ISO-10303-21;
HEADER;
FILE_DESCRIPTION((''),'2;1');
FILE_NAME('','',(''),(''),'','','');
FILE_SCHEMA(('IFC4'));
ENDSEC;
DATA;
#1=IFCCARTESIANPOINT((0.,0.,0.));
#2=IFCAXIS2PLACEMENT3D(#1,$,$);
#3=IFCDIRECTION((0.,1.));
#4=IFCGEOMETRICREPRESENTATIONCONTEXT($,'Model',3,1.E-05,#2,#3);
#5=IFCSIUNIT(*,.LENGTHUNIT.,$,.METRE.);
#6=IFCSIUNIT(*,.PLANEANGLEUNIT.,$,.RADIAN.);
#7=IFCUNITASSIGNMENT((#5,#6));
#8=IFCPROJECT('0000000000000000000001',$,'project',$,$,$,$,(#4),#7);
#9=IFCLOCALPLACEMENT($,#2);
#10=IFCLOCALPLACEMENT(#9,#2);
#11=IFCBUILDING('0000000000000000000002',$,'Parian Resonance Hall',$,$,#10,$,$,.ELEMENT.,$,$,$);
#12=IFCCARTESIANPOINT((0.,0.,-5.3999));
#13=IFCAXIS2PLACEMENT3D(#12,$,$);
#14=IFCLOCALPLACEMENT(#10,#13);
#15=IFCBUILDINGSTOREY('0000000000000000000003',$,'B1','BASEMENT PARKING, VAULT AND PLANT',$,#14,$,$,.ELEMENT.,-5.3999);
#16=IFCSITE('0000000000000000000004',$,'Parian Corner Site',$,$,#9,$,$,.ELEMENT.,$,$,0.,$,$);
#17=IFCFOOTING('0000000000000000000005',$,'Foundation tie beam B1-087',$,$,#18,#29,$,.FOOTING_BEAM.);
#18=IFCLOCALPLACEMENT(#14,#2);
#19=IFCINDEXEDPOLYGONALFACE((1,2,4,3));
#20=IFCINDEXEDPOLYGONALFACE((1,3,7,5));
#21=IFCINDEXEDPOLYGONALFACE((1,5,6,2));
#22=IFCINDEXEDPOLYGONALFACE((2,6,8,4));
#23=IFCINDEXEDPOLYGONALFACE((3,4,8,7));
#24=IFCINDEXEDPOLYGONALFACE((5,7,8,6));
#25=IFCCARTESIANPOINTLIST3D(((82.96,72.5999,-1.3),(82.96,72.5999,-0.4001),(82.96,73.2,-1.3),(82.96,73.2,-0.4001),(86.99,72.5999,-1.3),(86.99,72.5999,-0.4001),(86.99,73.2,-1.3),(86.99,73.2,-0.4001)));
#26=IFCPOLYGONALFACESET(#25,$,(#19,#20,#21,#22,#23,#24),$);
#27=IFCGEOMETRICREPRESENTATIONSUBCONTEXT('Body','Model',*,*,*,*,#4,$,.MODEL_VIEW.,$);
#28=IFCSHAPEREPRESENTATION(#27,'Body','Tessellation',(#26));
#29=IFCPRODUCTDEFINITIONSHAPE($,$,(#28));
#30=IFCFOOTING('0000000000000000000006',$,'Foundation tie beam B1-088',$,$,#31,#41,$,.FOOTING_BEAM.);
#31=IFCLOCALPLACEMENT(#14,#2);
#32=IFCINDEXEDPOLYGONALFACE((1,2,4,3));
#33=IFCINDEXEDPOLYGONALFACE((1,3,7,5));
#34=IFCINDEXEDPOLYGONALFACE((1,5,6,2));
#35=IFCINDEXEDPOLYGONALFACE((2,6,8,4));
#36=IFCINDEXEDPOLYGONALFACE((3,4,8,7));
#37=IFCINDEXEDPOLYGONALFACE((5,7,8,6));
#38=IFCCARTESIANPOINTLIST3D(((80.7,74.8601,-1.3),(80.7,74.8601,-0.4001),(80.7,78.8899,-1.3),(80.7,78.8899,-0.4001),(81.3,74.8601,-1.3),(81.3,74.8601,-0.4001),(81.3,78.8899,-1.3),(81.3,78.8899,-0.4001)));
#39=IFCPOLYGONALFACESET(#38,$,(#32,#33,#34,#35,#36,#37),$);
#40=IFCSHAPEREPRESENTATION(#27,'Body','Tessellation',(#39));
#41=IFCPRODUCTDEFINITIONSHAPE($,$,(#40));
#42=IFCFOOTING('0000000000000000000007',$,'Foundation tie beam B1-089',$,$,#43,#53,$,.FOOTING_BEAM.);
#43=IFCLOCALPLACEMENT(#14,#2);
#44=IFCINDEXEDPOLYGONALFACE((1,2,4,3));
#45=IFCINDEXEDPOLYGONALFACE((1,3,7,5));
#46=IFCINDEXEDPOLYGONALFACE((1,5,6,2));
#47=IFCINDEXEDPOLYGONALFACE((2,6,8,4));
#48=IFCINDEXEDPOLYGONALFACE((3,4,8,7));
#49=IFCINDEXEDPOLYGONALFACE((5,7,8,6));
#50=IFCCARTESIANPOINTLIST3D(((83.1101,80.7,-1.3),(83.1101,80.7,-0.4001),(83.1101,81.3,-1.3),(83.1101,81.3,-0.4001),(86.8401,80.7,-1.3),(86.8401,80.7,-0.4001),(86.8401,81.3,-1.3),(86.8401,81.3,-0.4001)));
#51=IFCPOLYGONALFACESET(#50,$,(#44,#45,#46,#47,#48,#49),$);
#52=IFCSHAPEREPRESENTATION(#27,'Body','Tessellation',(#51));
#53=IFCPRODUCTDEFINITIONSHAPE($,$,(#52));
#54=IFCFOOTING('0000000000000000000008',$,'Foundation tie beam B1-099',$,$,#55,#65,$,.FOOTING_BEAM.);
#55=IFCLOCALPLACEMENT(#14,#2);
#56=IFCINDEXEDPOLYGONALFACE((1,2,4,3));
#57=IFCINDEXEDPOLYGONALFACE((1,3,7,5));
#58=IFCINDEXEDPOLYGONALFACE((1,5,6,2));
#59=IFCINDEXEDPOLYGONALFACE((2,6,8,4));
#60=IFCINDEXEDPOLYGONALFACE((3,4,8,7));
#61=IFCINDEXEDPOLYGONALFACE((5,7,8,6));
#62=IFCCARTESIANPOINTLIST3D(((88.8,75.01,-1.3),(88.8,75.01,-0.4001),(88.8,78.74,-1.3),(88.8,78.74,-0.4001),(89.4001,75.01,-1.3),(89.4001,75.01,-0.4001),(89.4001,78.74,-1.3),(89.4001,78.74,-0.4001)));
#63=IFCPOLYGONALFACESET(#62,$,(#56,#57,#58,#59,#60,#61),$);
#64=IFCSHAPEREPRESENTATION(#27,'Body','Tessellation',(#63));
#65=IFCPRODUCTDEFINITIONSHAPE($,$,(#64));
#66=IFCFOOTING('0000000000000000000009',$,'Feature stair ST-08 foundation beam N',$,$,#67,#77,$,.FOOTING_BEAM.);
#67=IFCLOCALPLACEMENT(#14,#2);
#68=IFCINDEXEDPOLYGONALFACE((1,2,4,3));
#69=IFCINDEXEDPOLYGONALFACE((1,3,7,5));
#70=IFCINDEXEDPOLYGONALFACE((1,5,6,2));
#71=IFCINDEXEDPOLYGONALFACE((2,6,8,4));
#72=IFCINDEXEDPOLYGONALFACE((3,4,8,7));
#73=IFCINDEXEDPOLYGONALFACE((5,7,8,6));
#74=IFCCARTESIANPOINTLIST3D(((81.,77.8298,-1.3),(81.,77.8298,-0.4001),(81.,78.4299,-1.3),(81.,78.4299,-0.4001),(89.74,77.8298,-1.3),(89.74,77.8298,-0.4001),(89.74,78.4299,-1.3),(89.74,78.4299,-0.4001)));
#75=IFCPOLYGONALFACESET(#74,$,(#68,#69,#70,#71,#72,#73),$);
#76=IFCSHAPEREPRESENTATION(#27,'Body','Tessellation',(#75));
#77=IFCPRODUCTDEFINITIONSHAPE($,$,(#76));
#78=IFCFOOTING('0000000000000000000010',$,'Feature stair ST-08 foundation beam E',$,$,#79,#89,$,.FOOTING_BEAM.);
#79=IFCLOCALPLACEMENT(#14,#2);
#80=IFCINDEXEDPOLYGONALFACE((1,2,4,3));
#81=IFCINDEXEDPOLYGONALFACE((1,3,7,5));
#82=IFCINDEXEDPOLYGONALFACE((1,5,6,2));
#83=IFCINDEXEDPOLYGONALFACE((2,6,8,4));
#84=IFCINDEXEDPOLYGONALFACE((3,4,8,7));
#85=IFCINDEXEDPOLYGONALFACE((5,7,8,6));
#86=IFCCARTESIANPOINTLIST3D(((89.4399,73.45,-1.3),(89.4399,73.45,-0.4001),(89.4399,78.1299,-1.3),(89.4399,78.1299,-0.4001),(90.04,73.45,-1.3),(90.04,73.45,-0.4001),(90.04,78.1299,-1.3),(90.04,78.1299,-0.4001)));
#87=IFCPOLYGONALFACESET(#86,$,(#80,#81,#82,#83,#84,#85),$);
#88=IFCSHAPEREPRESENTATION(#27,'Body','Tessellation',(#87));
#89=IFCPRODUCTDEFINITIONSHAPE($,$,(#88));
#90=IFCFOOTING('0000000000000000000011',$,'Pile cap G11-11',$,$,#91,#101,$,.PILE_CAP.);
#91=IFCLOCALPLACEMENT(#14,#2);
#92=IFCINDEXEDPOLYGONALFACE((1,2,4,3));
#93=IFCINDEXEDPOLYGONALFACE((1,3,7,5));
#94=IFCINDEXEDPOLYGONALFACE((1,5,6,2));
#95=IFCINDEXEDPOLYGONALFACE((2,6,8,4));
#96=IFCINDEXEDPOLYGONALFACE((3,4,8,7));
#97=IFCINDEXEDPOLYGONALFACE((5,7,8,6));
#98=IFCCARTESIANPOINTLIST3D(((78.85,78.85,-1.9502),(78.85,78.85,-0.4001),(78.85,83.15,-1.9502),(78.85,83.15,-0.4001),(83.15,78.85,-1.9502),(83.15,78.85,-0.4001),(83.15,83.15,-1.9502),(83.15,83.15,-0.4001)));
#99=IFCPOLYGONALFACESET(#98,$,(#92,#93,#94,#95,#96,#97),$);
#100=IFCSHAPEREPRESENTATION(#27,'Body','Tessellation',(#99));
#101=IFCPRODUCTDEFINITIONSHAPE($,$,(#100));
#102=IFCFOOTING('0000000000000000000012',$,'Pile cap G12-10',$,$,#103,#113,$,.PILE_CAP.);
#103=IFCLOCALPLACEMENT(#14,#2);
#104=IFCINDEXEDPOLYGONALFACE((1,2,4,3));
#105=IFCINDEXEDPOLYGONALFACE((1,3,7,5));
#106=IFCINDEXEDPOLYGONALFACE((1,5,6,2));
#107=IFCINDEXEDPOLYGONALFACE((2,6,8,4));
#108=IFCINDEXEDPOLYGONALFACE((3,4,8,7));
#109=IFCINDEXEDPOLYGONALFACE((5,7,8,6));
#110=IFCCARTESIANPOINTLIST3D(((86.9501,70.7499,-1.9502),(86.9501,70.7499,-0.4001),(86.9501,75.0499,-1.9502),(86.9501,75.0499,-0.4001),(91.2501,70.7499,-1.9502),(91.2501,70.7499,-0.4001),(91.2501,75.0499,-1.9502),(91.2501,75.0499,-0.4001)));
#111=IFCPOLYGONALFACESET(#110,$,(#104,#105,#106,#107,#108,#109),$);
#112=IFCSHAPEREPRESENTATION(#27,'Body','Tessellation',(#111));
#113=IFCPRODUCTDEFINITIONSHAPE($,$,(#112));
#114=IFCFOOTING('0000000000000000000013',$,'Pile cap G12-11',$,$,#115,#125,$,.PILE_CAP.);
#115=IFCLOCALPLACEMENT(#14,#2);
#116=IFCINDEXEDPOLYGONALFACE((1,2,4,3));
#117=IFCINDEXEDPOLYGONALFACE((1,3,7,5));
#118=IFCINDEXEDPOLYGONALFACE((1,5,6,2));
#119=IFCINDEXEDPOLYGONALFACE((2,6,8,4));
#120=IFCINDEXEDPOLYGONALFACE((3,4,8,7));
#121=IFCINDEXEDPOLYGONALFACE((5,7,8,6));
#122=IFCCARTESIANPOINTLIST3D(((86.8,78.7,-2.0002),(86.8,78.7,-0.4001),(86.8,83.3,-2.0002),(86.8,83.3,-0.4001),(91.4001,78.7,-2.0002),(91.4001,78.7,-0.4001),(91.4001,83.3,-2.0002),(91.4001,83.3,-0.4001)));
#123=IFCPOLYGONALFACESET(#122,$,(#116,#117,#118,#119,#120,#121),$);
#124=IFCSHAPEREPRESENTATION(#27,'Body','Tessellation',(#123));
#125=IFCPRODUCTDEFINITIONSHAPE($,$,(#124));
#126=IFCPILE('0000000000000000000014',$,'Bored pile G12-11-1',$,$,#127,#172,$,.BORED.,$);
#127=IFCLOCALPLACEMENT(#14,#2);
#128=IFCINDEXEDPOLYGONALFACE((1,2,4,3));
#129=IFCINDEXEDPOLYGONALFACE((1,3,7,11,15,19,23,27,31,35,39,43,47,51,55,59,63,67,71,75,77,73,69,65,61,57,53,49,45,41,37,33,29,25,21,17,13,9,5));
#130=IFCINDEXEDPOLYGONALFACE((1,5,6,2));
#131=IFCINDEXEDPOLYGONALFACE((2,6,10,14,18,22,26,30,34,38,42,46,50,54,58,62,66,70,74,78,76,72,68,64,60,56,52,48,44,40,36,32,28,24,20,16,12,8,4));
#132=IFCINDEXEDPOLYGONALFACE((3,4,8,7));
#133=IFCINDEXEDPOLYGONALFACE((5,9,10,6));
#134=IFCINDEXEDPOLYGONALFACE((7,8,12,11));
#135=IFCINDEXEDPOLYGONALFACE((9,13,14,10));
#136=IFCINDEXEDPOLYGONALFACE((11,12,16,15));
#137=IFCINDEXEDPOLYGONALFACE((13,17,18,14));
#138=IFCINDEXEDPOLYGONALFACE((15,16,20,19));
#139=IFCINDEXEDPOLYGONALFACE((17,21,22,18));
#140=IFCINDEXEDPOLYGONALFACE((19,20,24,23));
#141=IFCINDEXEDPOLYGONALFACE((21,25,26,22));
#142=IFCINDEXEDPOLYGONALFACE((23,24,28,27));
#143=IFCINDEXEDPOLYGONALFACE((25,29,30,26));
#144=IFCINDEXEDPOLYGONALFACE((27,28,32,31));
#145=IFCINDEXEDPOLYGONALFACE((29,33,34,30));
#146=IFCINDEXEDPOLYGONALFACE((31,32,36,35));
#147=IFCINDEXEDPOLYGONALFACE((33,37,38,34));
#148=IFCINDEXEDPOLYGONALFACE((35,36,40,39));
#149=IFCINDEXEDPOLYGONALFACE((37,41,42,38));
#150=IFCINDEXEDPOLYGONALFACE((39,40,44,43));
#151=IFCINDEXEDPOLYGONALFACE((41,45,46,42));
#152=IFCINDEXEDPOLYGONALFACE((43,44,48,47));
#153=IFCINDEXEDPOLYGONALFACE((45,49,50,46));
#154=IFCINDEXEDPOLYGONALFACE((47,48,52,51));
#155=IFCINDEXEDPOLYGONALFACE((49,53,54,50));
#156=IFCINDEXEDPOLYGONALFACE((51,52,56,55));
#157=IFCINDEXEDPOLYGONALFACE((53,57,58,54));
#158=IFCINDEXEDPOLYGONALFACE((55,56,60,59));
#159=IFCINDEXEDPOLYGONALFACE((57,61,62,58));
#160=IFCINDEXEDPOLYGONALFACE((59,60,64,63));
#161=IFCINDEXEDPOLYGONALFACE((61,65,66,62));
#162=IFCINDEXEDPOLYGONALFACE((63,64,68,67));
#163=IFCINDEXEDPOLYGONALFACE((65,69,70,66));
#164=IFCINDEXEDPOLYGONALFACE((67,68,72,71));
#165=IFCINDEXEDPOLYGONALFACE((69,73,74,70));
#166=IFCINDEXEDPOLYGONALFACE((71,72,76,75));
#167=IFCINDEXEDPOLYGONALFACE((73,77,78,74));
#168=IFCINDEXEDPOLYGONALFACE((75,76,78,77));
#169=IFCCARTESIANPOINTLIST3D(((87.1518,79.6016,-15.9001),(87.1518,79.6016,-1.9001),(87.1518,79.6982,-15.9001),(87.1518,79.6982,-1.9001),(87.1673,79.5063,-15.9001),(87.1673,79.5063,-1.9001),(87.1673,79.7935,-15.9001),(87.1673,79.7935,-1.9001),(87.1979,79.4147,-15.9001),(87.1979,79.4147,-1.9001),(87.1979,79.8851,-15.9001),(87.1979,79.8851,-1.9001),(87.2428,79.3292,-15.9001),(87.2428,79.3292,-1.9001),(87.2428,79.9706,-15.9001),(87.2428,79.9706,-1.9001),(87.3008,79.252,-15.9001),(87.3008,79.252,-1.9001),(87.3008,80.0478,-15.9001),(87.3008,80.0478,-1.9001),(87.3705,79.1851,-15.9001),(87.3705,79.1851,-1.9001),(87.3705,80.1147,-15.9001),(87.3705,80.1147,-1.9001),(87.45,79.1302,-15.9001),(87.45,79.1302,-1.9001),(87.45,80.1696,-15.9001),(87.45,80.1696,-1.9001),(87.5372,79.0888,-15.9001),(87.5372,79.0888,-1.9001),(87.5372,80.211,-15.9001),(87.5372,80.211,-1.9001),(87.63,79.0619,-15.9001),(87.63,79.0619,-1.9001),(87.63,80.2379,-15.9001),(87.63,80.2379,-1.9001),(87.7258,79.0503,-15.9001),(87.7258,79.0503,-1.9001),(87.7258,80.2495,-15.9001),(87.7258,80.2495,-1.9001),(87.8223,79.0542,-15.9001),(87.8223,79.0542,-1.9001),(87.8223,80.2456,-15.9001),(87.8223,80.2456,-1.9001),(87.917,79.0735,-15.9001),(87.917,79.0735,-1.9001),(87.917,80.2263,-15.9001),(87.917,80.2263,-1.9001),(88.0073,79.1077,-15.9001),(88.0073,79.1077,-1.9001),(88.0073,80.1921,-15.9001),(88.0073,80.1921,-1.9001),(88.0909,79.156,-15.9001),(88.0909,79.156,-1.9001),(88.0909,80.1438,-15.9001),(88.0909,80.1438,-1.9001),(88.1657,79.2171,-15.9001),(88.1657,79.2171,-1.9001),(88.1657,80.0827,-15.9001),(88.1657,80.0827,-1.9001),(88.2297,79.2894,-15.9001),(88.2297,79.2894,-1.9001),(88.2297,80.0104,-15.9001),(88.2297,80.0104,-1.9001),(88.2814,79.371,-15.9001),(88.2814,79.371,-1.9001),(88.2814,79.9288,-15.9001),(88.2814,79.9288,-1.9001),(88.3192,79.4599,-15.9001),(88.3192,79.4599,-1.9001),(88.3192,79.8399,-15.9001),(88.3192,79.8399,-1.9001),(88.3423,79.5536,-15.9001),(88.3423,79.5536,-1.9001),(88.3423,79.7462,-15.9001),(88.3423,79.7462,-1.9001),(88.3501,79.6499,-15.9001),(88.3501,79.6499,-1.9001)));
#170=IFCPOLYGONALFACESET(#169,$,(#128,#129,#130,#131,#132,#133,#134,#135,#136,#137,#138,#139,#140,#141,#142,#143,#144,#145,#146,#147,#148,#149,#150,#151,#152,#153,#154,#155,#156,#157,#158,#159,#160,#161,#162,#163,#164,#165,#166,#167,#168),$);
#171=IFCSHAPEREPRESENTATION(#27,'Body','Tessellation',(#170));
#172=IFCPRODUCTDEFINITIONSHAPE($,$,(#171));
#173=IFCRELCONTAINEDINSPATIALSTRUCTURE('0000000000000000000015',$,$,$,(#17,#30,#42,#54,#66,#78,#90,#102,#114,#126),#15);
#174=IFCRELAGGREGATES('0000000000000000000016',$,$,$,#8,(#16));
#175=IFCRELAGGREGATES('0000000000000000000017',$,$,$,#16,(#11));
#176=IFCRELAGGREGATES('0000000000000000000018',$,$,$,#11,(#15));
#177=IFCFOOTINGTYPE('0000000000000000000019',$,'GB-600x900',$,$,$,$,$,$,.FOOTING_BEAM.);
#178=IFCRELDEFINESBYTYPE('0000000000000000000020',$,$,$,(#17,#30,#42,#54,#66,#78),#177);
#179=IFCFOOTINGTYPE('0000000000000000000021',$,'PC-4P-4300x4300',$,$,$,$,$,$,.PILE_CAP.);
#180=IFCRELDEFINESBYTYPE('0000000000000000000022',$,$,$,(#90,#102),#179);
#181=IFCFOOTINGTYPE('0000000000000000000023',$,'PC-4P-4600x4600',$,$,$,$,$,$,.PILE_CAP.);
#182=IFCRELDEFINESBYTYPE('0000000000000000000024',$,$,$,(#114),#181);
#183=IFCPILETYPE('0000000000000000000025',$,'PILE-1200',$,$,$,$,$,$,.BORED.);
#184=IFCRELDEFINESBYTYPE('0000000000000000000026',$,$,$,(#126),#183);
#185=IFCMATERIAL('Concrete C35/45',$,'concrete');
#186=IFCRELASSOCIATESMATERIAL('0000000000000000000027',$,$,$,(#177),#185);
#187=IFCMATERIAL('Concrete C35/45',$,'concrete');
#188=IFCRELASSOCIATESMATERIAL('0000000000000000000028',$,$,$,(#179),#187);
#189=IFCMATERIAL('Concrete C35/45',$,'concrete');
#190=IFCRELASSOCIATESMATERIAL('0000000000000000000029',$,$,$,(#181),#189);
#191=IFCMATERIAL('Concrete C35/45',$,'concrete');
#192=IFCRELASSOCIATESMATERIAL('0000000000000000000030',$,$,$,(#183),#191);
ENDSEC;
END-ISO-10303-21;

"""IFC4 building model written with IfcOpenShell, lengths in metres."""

from ifc_helpers import new_model, si_unit, direction, frame, origin, origin_2d, place, context, subcontext, project, spatial, rectangle, circle, extrude, material, material_profile, profile_set, type_object, element, save


model = new_model("IFC4")

# Units and contexts
model_context = context("Model", 3, precision=1e-05, world=origin(), true_north=direction((0.0, 1.0)))
body_context = subcontext(model_context, "Body", "Model", "MODEL_VIEW")
ifc_project = project(units=[si_unit("LENGTHUNIT", "METRE"), si_unit("PLANEANGLEUNIT", "RADIAN")], contexts=[model_context])

# Site, building, storey
site_placement = place(None, origin())
site = spatial("IfcSite", under=ifc_project, at=site_placement, Name="Parian Corner Site", CompositionType="ELEMENT", RefElevation=0.0)
building_placement = place(site_placement, origin())
building = spatial("IfcBuilding", under=site, at=building_placement, Name="Parian Resonance Hall", CompositionType="ELEMENT")
storey_placement = place(building_placement, frame((0.0, 0.0, -5.3999)))
storey = spatial("IfcBuildingStorey", under=building, at=storey_placement, Name="B1", Description="BASEMENT PARKING, VAULT AND PLANT", CompositionType="ELEMENT", Elevation=-5.3999)

# Footings
ifc_material_1 = material(Name="Concrete C35/45", Category="concrete")
ifc_material_profile_1 = material_profile(ifc_material_1, rectangle(XDim=0.6001, YDim=0.8999, at=origin_2d()), Name="RC-GB-600x900")
ifc_profile_set_1 = profile_set([ifc_material_profile_1], Name="Concrete C35/45")
footing_type_1 = type_object("IfcFootingType", Name="GB-600x900", PredefinedType="FOOTING_BEAM", material=ifc_profile_set_1)
footing_1_placement = place(storey_placement, frame((82.96, 72.8999, -0.8501), z_axis=(1.0, 0.0, 0.0), x_axis=(0.0, 1.0, 0.0)))
element("IfcFooting", 1, at=footing_1_placement, inside=storey, type_object=footing_type_1, Name="Foundation tie beam B1-087", PredefinedType="FOOTING_BEAM", context=body_context, shape_type="SweptSolid", body=[
    extrude(rectangle(XDim=0.6001, YDim=0.8999, at=origin_2d()), origin(), (0.0, 0.0, 1.0), 4.03),
])
footing_2_placement = place(storey_placement, frame((81.0, 74.8601, -0.8501), z_axis=(0.0, 1.0, 0.0), x_axis=(-1.0, 0.0, 0.0)))
element("IfcFooting", 2, at=footing_2_placement, inside=storey, type_object=footing_type_1, Name="Foundation tie beam B1-088", PredefinedType="FOOTING_BEAM", context=body_context, shape_type="SweptSolid", body=[
    extrude(rectangle(XDim=0.6001, YDim=0.8999, at=origin_2d()), origin(), (0.0, 0.0, 1.0), 4.0298),
])
for number, where, z_axis, x_axis, name in (
    (3, (83.1101, 81.0, -0.8501), (1.0, 0.0, 0.0), (0.0, 1.0, 0.0), "Foundation tie beam B1-089"),
    (4, (89.1001, 75.01, -0.8501), (0.0, 1.0, 0.0), (-1.0, 0.0, 0.0), "Foundation tie beam B1-099"),
):
    element("IfcFooting", number, at=place(storey_placement, frame(where, z_axis=z_axis, x_axis=x_axis)), inside=storey, type_object=footing_type_1, Name=name, PredefinedType="FOOTING_BEAM", context=body_context, shape_type="SweptSolid", body=[
        extrude(rectangle(XDim=0.6001, YDim=0.8999, at=origin_2d()), origin(), (0.0, 0.0, 1.0), 3.73),
    ])
footing_3_placement = place(storey_placement, frame((81.0, 78.1299, -0.8501), z_axis=(1.0, 0.0, 0.0), x_axis=(0.0, 1.0, 0.0)))
element("IfcFooting", 5, at=footing_3_placement, inside=storey, type_object=footing_type_1, Name="Feature stair ST-08 foundation beam N", PredefinedType="FOOTING_BEAM", context=body_context, shape_type="SweptSolid", body=[
    extrude(rectangle(XDim=0.6001, YDim=0.8999, at=origin_2d()), origin(), (0.0, 0.0, 1.0), 8.74),
])
footing_4_placement = place(storey_placement, frame((89.74, 73.45, -0.8501), z_axis=(0.0, 1.0, 0.0), x_axis=(-1.0, 0.0, 0.0)))
element("IfcFooting", 6, at=footing_4_placement, inside=storey, type_object=footing_type_1, Name="Feature stair ST-08 foundation beam E", PredefinedType="FOOTING_BEAM", context=body_context, shape_type="SweptSolid", body=[
    extrude(rectangle(XDim=0.6001, YDim=0.8999, at=origin_2d()), origin(), (0.0, 0.0, 1.0), 4.6799),
])
ifc_material_2 = material(Name="Concrete C35/45", Category="concrete")
footing_type_2 = type_object("IfcFootingType", Name="PC-4P-4300x4300", PredefinedType="PILE_CAP", material=ifc_material_2)
for number, where, z_axis, x_axis, name in (
    (7, (81.0, 81.0, -1.9502), (0.0, 0.0, 1.0), (1.0, 0.0, 0.0), "Pile cap G11-11"),
    (8, (89.1001, 72.8999, -1.9502), (0.0, 0.0, 1.0), (1.0, 0.0, 0.0), "Pile cap G12-10"),
):
    element("IfcFooting", number, at=place(storey_placement, frame(where, z_axis=z_axis, x_axis=x_axis)), inside=storey, type_object=footing_type_2, Name=name, PredefinedType="PILE_CAP", context=body_context, shape_type="SweptSolid", body=[
        extrude(rectangle(XDim=4.3, YDim=4.3, at=origin_2d()), origin(), (0.0, 0.0, 1.0), 1.55),
    ])
ifc_material_3 = material(Name="Concrete C35/45", Category="concrete")
footing_type_3 = type_object("IfcFootingType", Name="PC-4P-4600x4600", PredefinedType="PILE_CAP", material=ifc_material_3)
footing_5_placement = place(storey_placement, frame((89.1001, 81.0, -2.0002), z_axis=(0.0, 0.0, 1.0), x_axis=(1.0, 0.0, 0.0)))
element("IfcFooting", 9, at=footing_5_placement, inside=storey, type_object=footing_type_3, Name="Pile cap G12-11", PredefinedType="PILE_CAP", context=body_context, shape_type="SweptSolid", body=[
    extrude(rectangle(XDim=4.6001, YDim=4.6001, at=origin_2d()), origin(), (0.0, 0.0, 1.0), 1.6001),
])

# Pile
ifc_material_4 = material(Name="Concrete C35/45", Category="concrete")
ifc_material_profile_2 = material_profile(ifc_material_4, circle(Radius=0.6001, at=origin_2d()), Name="PILE-D1200")
ifc_profile_set_2 = profile_set([ifc_material_profile_2], Name="Concrete C35/45")
pile_type_1 = type_object("IfcPileType", Name="PILE-1200", PredefinedType="BORED", material=ifc_profile_set_2)
pile_placement = place(storey_placement, frame((87.75, 79.6499, -1.9001), z_axis=(0.0, 0.0, -1.0), x_axis=(1.0, 0.0, 0.0)))
element("IfcPile", 10, at=pile_placement, inside=storey, type_object=pile_type_1, Name="Bored pile G12-11-1", PredefinedType="BORED", context=body_context, shape_type="SweptSolid", body=[
    extrude(circle(Radius=0.6001, at=origin_2d()), origin(), (0.0, 0.0, 1.0), 14.0),
])

save(model, "model.ifc")
